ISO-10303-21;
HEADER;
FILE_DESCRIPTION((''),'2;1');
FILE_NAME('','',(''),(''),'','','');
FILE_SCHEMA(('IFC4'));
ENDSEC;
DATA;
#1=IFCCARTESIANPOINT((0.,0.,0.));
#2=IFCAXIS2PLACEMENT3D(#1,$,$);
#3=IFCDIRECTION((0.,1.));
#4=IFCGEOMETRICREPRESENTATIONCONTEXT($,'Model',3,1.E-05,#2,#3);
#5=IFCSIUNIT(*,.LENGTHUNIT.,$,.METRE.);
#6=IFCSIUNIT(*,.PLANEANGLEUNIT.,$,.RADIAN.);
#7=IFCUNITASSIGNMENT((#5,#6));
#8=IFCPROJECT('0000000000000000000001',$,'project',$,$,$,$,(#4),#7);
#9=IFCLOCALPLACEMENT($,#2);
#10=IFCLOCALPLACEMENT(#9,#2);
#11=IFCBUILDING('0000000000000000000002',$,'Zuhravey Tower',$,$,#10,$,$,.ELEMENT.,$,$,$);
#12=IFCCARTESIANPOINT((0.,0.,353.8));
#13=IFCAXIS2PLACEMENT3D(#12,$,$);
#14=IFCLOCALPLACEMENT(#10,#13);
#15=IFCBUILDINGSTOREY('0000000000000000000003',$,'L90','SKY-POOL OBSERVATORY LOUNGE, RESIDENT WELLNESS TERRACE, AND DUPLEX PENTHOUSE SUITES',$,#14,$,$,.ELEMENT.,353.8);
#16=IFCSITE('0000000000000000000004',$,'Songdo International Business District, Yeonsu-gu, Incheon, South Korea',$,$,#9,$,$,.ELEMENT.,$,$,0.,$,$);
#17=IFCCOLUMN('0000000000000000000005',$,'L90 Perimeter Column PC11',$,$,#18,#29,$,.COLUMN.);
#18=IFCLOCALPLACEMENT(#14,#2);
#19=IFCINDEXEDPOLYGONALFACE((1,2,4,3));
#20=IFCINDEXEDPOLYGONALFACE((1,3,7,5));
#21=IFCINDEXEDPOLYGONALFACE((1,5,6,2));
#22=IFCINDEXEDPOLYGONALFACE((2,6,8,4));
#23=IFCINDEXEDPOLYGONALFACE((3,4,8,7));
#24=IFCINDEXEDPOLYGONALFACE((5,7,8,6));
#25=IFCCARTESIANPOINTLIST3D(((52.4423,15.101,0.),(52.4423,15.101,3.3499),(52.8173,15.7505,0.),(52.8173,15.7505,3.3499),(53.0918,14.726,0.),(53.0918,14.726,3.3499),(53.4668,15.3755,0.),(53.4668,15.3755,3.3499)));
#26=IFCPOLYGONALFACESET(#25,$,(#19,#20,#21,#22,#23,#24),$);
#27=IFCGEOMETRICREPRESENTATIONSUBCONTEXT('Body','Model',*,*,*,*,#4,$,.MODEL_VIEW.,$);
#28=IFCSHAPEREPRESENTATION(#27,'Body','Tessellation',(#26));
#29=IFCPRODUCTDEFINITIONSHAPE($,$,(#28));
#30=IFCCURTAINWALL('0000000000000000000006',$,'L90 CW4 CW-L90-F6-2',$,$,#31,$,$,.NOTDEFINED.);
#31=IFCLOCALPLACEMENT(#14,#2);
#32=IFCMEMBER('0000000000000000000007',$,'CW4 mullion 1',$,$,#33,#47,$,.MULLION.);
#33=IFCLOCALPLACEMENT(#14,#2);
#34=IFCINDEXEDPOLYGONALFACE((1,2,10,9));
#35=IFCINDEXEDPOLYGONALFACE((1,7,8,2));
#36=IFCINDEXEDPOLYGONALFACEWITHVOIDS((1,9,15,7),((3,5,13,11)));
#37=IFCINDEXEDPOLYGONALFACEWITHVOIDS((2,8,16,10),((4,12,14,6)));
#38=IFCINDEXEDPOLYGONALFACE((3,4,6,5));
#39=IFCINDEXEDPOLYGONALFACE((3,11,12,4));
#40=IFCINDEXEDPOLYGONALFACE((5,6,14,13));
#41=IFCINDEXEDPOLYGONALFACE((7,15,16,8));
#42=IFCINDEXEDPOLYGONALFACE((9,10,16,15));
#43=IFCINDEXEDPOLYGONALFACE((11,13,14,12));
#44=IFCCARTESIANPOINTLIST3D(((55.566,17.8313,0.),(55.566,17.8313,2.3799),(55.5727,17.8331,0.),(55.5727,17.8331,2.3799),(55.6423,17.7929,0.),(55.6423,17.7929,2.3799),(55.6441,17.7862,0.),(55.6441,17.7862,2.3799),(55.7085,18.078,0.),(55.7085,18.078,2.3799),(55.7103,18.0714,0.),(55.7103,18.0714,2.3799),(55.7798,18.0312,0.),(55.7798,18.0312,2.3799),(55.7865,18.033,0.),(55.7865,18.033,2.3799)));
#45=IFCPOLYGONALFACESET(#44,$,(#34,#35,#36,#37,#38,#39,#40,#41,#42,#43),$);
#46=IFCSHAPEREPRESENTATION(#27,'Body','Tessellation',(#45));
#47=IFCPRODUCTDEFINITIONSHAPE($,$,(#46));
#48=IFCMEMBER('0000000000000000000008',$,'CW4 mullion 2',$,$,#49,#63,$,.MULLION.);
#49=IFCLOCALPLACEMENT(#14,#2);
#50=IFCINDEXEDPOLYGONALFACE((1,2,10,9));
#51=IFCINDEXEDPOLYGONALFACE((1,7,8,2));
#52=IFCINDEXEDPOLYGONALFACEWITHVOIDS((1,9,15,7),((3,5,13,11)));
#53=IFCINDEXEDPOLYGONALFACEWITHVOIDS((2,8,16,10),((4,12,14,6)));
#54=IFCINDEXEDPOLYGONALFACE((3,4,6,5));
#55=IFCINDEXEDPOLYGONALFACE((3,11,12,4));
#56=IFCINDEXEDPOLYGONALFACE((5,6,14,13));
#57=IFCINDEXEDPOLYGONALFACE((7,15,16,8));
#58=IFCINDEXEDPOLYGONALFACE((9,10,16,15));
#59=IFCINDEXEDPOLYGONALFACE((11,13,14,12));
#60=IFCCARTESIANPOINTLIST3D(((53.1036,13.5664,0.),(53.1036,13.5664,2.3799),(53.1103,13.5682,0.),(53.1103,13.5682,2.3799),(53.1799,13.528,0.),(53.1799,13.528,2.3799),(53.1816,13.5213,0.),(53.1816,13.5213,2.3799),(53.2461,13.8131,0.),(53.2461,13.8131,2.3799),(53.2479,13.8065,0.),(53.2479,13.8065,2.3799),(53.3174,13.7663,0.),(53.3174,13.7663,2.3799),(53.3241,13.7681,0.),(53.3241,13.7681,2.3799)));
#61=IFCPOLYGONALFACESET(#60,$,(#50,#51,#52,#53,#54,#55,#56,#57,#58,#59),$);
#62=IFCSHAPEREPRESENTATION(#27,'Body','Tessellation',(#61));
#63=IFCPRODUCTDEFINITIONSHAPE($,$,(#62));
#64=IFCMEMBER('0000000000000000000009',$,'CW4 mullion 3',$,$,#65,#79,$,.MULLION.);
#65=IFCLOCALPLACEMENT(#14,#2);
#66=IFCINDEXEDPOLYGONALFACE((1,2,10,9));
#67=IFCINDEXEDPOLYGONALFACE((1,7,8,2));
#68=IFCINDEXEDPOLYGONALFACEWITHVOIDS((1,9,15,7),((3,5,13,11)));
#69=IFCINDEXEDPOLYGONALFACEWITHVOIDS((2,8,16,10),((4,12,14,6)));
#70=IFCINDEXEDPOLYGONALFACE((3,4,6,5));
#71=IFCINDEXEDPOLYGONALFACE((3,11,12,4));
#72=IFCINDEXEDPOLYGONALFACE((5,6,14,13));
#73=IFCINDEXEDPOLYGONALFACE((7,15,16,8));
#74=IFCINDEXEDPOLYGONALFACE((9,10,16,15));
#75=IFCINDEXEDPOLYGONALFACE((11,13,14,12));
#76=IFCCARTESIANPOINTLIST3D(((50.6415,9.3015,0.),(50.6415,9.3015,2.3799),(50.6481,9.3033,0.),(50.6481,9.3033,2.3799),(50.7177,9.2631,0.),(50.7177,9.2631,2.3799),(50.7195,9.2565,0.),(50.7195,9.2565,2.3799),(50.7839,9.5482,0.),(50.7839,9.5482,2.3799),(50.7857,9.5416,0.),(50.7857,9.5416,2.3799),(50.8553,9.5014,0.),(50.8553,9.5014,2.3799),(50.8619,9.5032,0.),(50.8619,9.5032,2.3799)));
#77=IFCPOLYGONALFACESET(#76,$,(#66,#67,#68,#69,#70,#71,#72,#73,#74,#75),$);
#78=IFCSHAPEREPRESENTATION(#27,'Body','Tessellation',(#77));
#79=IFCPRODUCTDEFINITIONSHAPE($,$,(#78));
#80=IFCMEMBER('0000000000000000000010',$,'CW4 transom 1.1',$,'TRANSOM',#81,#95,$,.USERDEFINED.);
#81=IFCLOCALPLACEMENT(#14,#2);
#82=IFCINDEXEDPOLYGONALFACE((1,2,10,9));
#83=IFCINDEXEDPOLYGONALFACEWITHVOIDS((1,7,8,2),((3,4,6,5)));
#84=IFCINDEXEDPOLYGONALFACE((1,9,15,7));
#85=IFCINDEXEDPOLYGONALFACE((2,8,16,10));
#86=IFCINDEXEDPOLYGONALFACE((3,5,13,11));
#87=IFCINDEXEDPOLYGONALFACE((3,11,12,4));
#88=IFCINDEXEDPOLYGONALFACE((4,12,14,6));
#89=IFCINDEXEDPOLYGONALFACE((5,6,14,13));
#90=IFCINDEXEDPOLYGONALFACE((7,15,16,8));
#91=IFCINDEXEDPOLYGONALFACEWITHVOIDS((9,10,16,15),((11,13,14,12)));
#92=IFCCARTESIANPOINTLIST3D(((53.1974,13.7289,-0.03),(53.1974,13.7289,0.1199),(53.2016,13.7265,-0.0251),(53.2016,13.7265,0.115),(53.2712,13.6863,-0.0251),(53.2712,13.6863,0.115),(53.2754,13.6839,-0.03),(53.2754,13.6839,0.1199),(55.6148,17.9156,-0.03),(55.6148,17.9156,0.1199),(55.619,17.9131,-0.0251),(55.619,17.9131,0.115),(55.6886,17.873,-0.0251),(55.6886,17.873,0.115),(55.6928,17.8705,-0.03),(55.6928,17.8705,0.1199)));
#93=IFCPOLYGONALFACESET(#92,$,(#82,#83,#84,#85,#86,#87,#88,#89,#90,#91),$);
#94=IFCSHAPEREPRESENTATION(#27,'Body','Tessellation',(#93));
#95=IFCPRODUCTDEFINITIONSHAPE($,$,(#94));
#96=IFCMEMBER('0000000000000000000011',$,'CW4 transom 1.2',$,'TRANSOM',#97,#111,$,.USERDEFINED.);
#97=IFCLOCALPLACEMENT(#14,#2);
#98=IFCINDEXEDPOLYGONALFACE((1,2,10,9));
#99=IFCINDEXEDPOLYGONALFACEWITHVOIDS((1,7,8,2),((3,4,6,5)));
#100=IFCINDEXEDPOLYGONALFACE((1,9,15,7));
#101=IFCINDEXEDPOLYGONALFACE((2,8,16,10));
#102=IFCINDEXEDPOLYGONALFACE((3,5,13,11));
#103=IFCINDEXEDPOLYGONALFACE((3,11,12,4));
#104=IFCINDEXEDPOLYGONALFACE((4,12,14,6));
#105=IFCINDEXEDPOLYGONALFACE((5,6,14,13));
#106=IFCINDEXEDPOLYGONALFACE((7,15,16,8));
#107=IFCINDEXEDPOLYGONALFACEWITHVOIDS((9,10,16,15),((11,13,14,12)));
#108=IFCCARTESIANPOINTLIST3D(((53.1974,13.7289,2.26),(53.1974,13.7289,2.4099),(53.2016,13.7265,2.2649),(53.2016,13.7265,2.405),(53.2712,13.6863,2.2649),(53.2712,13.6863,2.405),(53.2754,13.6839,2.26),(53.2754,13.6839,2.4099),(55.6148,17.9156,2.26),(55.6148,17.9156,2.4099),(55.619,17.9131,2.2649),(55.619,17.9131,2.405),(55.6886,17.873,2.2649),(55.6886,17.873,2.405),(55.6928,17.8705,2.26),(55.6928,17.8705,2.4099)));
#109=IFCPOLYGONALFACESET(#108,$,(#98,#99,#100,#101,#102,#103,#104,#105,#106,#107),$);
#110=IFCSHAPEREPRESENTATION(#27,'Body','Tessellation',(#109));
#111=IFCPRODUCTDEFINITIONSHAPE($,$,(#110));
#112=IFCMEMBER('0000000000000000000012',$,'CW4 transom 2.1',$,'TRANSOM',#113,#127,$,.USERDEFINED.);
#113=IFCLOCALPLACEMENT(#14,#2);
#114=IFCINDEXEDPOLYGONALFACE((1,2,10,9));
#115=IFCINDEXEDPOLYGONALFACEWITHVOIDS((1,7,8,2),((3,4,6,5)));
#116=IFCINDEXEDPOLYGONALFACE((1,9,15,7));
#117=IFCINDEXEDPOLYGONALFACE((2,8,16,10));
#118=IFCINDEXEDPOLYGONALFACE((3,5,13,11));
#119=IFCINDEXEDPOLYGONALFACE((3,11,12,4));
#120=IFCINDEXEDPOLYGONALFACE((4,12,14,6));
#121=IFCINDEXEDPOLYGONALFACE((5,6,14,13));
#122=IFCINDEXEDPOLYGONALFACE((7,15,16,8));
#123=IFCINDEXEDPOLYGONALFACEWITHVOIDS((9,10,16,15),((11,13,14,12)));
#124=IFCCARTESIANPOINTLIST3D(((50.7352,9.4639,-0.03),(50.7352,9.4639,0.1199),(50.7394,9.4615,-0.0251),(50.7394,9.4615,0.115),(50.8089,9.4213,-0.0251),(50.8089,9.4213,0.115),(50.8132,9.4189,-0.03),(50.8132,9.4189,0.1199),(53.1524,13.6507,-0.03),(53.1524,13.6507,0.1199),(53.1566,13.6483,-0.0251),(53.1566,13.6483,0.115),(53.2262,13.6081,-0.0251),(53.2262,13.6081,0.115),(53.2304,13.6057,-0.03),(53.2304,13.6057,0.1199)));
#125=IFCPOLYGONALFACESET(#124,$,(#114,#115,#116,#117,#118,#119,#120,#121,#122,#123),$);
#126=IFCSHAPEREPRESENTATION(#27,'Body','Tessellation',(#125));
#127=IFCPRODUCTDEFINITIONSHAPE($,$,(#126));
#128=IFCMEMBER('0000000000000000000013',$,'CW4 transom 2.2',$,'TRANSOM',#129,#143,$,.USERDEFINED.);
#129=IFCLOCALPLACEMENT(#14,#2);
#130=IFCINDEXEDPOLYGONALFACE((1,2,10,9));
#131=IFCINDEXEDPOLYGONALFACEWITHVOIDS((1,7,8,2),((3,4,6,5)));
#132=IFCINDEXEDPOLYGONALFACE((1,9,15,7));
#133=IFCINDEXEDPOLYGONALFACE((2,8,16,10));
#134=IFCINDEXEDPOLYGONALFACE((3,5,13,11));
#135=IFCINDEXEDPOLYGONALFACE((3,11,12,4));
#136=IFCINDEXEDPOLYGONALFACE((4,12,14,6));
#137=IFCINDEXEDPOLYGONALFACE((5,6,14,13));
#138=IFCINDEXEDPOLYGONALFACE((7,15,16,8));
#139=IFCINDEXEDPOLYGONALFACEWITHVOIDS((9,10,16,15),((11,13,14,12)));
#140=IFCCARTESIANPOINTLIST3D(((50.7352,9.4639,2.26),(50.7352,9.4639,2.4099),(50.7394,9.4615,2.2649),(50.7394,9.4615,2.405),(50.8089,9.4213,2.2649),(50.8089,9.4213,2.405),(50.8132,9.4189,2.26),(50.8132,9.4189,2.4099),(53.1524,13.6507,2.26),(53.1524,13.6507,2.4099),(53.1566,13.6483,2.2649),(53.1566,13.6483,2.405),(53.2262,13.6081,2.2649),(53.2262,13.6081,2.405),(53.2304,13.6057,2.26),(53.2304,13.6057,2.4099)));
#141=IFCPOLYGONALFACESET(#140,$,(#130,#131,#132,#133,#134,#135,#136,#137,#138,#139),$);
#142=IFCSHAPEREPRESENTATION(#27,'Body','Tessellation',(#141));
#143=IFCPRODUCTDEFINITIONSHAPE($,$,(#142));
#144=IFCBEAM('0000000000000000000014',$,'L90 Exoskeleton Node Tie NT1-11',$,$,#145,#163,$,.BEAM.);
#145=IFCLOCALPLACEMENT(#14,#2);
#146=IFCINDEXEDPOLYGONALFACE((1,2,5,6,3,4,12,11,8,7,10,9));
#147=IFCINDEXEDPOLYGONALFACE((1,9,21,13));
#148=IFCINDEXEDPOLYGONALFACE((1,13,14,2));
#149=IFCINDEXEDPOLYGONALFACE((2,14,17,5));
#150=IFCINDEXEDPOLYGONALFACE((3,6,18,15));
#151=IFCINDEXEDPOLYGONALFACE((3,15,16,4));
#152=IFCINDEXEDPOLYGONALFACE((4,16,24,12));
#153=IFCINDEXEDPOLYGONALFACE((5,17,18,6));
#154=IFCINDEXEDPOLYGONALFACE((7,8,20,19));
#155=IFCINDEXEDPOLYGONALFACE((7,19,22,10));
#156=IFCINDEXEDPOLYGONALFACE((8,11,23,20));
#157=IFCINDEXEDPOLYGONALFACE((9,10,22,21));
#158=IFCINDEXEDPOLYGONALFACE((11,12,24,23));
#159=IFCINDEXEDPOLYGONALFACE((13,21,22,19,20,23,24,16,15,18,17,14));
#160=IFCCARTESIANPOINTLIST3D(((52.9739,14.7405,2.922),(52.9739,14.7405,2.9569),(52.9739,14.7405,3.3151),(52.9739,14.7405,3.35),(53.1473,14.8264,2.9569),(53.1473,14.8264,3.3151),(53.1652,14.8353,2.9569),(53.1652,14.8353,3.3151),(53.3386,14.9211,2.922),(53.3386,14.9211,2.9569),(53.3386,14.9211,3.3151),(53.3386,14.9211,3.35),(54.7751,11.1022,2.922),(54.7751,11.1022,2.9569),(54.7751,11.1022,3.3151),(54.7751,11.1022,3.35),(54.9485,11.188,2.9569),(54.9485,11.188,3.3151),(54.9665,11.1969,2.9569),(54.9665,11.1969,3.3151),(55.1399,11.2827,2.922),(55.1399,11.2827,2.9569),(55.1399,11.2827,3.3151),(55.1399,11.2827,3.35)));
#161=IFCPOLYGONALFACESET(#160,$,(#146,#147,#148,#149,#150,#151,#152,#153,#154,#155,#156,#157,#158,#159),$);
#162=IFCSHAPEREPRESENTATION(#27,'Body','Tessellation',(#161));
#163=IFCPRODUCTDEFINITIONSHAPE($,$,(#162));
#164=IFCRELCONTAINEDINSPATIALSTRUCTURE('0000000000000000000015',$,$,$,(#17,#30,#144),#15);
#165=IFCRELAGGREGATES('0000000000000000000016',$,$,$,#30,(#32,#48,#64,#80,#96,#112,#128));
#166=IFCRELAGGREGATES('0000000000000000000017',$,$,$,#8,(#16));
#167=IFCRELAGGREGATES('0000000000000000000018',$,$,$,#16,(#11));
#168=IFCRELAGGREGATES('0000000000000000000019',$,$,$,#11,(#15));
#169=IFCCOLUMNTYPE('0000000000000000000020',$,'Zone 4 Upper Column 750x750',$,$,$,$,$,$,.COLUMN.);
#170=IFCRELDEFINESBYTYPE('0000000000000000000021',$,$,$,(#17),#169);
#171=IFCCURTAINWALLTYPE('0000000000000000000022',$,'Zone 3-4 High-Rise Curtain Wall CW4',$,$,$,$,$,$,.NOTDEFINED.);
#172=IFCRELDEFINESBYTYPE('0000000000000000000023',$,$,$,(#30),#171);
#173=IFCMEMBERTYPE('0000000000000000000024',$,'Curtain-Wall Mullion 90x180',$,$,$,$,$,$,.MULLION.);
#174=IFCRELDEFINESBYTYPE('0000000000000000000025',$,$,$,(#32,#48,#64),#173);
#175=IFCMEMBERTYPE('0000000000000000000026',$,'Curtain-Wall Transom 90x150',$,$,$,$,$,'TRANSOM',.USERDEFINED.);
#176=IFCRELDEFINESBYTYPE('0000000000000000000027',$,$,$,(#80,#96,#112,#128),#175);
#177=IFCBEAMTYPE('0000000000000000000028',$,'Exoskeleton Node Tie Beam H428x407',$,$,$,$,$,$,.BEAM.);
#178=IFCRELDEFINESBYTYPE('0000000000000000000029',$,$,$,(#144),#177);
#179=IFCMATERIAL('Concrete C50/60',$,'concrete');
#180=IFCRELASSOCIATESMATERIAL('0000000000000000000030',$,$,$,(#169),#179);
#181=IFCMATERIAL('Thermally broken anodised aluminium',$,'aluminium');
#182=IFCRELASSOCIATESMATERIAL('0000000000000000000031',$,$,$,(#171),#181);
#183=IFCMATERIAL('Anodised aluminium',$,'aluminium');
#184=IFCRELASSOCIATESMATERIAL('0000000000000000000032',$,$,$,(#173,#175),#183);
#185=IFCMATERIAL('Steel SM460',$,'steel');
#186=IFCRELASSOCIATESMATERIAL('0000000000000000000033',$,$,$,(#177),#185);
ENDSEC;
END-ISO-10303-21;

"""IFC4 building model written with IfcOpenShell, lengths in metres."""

from ifc_helpers import new_model, si_unit, direction, frame, origin, origin_2d, place, context, subcontext, project, spatial, rectangle, hollow_rectangle, i_section, extrude, material, material_profile, profile_set, type_object, element, aggregate, save


model = new_model("IFC4")

# Units and contexts
model_context = context("Model", 3, precision=1e-05, world=origin(), true_north=direction((0.0, 1.0)))
body_context = subcontext(model_context, "Body", "Model", "MODEL_VIEW")
ifc_project = project(units=[si_unit("LENGTHUNIT", "METRE"), si_unit("PLANEANGLEUNIT", "RADIAN")], contexts=[model_context])

# Site, building, storey
site_placement = place(None, origin())
site = spatial("IfcSite", under=ifc_project, at=site_placement, Name="Songdo International Business District, Yeonsu-gu, Incheon, South Korea", CompositionType="ELEMENT", RefElevation=0.0)
building_placement = place(site_placement, origin())
building = spatial("IfcBuilding", under=site, at=building_placement, Name="Zuhravey Tower", CompositionType="ELEMENT")
storey_placement = place(building_placement, frame((0.0, 0.0, 353.8)))
storey = spatial("IfcBuildingStorey", under=building, at=storey_placement, Name="L90", Description="SKY-POOL OBSERVATORY LOUNGE, RESIDENT WELLNESS TERRACE, AND DUPLEX PENTHOUSE SUITES", CompositionType="ELEMENT", Elevation=353.8)

# Column
ifc_material_1 = material(Name="Concrete C50/60", Category="concrete")
ifc_material_profile_1 = material_profile(ifc_material_1, rectangle(XDim=0.75, YDim=0.75, at=origin_2d()), Name="RC-750x750")
ifc_profile_set_1 = profile_set([ifc_material_profile_1], Name="Concrete C50/60")
column_type = type_object("IfcColumnType", Name="Zone 4 Upper Column 750x750", PredefinedType="COLUMN", material=ifc_profile_set_1)
column_placement = place(storey_placement, frame((52.9546, 15.2383, 0.0), z_axis=(0.0, 0.0, 1.0), x_axis=(0.5, 0.866025, 0.0)))
element("IfcColumn", 1, at=column_placement, inside=storey, type_object=column_type, Name="L90 Perimeter Column PC11", PredefinedType="COLUMN", context=body_context, shape_type="SweptSolid", body=[
    extrude(rectangle(XDim=0.75, YDim=0.75, at=origin_2d()), origin(), (0.0, 0.0, 1.0), 3.3499),
])

# Curtain wall, members
ifc_material_2 = material(Name="Thermally broken anodised aluminium", Category="aluminium")
curtain_wall_type = type_object("IfcCurtainWallType", Name="Zone 3-4 High-Rise Curtain Wall CW4", PredefinedType="NOTDEFINED", material=ifc_material_2)
curtain_wall_placement = place(storey_placement, origin())
curtain_wall = element("IfcCurtainWall", 2, at=curtain_wall_placement, inside=storey, type_object=curtain_wall_type, Name="L90 CW4 CW-L90-F6-2", PredefinedType="NOTDEFINED")
ifc_material_3 = material(Name="Anodised aluminium", Category="aluminium")
ifc_material_profile_2 = material_profile(ifc_material_3, hollow_rectangle(XDim=0.0901, YDim=0.2849, WallThickness=0.0049, at=origin_2d()), Name="ALU-RHS-90x285x5")
ifc_profile_set_2 = profile_set([ifc_material_profile_2], Name="Anodised aluminium")
member_type_1 = type_object("IfcMemberType", Name="Curtain-Wall Mullion 90x180", PredefinedType="MULLION", material=ifc_profile_set_2)
member_1_placement = place(storey_placement, frame((55.6763, 17.9321, 0.0), z_axis=(0.0, 0.0, 1.0), x_axis=(0.866024, -0.500003, 0.0)))
member_1 = element("IfcMember", 3, at=member_1_placement, type_object=member_type_1, Name="CW4 mullion 1", PredefinedType="MULLION", context=body_context, shape_type="SweptSolid", body=[
    extrude(hollow_rectangle(XDim=0.0901, YDim=0.2849, WallThickness=0.0049, at=origin_2d()), origin(), (0.0, 0.0, 1.0), 2.3799),
])
member_2_placement = place(storey_placement, frame((53.2139, 13.6672, 0.0), z_axis=(0.0, 0.0, 1.0), x_axis=(0.866024, -0.500003, 0.0)))
member_2 = element("IfcMember", 4, at=member_2_placement, type_object=member_type_1, Name="CW4 mullion 2", PredefinedType="MULLION", context=body_context, shape_type="SweptSolid", body=[
    extrude(hollow_rectangle(XDim=0.0901, YDim=0.2849, WallThickness=0.0049, at=origin_2d()), origin(), (0.0, 0.0, 1.0), 2.3799),
])
member_3_placement = place(storey_placement, frame((50.7517, 9.4023, 0.0), z_axis=(0.0, 0.0, 1.0), x_axis=(0.866024, -0.500003, 0.0)))
member_3 = element("IfcMember", 5, at=member_3_placement, type_object=member_type_1, Name="CW4 mullion 3", PredefinedType="MULLION", context=body_context, shape_type="SweptSolid", body=[
    extrude(hollow_rectangle(XDim=0.0901, YDim=0.2849, WallThickness=0.0049, at=origin_2d()), origin(), (0.0, 0.0, 1.0), 2.3799),
])
ifc_material_profile_3 = material_profile(ifc_material_3, hollow_rectangle(XDim=0.0901, YDim=0.1499, WallThickness=0.0049, at=origin_2d()), Name="ALU-RHS-90x150x5")
ifc_profile_set_3 = profile_set([ifc_material_profile_3], Name="Anodised aluminium")
member_type_2 = type_object("IfcMemberType", Name="Curtain-Wall Transom 90x150", ElementType="TRANSOM", PredefinedType="USERDEFINED", material=ifc_profile_set_3)
member_4_placement = place(storey_placement, frame((55.6538, 17.8931, 0.0449), z_axis=(-0.500039, -0.866003, 0.0), x_axis=(0.866003, -0.500039, 0.0)))
member_4 = element("IfcMember", 6, at=member_4_placement, type_object=member_type_2, Name="CW4 transom 1.1", ObjectType="TRANSOM", PredefinedType="USERDEFINED", context=body_context, shape_type="SweptSolid", body=[
    extrude(hollow_rectangle(XDim=0.0901, YDim=0.1499, WallThickness=0.0049, at=origin_2d()), origin(), (0.0, 0.0, 1.0), 4.8345),
])
member_5_placement = place(storey_placement, frame((55.6538, 17.8931, 2.335), z_axis=(-0.500039, -0.866003, 0.0), x_axis=(0.866003, -0.500039, 0.0)))
member_5 = element("IfcMember", 7, at=member_5_placement, type_object=member_type_2, Name="CW4 transom 1.2", ObjectType="TRANSOM", PredefinedType="USERDEFINED", context=body_context, shape_type="SweptSolid", body=[
    extrude(hollow_rectangle(XDim=0.0901, YDim=0.1499, WallThickness=0.0049, at=origin_2d()), origin(), (0.0, 0.0, 1.0), 4.8345),
])
member_6_placement = place(storey_placement, frame((53.1914, 13.6282, 0.0449), z_axis=(-0.500001, -0.866025, 0.0), x_axis=(0.866025, -0.500001, 0.0)))
member_6 = element("IfcMember", 8, at=member_6_placement, type_object=member_type_2, Name="CW4 transom 2.1", ObjectType="TRANSOM", PredefinedType="USERDEFINED", context=body_context, shape_type="SweptSolid", body=[
    extrude(hollow_rectangle(XDim=0.0901, YDim=0.1499, WallThickness=0.0049, at=origin_2d()), origin(), (0.0, 0.0, 1.0), 4.8345),
])
member_7_placement = place(storey_placement, frame((53.1914, 13.6282, 2.335), z_axis=(-0.500001, -0.866025, 0.0), x_axis=(0.866025, -0.500001, 0.0)))
member_7 = element("IfcMember", 9, at=member_7_placement, type_object=member_type_2, Name="CW4 transom 2.2", ObjectType="TRANSOM", PredefinedType="USERDEFINED", context=body_context, shape_type="SweptSolid", body=[
    extrude(hollow_rectangle(XDim=0.0901, YDim=0.1499, WallThickness=0.0049, at=origin_2d()), origin(), (0.0, 0.0, 1.0), 4.8345),
])

# Beam
ifc_material_4 = material(Name="Steel SM460", Category="steel")
ifc_material_profile_4 = material_profile(ifc_material_4, i_section(OverallWidth=0.407, OverallDepth=0.428, WebThickness=0.02, FlangeThickness=0.0349, at=origin_2d()), Name="H-428x407x20x35")
ifc_profile_set_4 = profile_set([ifc_material_profile_4], Name="Steel SM460")
beam_type_1 = type_object("IfcBeamType", Name="Exoskeleton Node Tie Beam H428x407", PredefinedType="BEAM", material=ifc_profile_set_4)
beam_1_placement = place(storey_placement, frame((53.1562, 14.8308, 3.136), z_axis=(0.443674, -0.896188, 0.0), x_axis=(0.896188, 0.443674, 0.0)))
element("IfcBeam", 10, at=beam_1_placement, inside=storey, type_object=beam_type_1, Name="L90 Exoskeleton Node Tie NT1-11", PredefinedType="BEAM", context=body_context, shape_type="SweptSolid", body=[
    extrude(i_section(OverallWidth=0.407, OverallDepth=0.428, WebThickness=0.02, FlangeThickness=0.0349, at=origin_2d()), origin(), (0.0, 0.0, 1.0), 4.0598),
])

aggregate(curtain_wall, [member_1, member_2, member_3, member_4, member_5, member_6, member_7])

save(model, "model.ifc")
